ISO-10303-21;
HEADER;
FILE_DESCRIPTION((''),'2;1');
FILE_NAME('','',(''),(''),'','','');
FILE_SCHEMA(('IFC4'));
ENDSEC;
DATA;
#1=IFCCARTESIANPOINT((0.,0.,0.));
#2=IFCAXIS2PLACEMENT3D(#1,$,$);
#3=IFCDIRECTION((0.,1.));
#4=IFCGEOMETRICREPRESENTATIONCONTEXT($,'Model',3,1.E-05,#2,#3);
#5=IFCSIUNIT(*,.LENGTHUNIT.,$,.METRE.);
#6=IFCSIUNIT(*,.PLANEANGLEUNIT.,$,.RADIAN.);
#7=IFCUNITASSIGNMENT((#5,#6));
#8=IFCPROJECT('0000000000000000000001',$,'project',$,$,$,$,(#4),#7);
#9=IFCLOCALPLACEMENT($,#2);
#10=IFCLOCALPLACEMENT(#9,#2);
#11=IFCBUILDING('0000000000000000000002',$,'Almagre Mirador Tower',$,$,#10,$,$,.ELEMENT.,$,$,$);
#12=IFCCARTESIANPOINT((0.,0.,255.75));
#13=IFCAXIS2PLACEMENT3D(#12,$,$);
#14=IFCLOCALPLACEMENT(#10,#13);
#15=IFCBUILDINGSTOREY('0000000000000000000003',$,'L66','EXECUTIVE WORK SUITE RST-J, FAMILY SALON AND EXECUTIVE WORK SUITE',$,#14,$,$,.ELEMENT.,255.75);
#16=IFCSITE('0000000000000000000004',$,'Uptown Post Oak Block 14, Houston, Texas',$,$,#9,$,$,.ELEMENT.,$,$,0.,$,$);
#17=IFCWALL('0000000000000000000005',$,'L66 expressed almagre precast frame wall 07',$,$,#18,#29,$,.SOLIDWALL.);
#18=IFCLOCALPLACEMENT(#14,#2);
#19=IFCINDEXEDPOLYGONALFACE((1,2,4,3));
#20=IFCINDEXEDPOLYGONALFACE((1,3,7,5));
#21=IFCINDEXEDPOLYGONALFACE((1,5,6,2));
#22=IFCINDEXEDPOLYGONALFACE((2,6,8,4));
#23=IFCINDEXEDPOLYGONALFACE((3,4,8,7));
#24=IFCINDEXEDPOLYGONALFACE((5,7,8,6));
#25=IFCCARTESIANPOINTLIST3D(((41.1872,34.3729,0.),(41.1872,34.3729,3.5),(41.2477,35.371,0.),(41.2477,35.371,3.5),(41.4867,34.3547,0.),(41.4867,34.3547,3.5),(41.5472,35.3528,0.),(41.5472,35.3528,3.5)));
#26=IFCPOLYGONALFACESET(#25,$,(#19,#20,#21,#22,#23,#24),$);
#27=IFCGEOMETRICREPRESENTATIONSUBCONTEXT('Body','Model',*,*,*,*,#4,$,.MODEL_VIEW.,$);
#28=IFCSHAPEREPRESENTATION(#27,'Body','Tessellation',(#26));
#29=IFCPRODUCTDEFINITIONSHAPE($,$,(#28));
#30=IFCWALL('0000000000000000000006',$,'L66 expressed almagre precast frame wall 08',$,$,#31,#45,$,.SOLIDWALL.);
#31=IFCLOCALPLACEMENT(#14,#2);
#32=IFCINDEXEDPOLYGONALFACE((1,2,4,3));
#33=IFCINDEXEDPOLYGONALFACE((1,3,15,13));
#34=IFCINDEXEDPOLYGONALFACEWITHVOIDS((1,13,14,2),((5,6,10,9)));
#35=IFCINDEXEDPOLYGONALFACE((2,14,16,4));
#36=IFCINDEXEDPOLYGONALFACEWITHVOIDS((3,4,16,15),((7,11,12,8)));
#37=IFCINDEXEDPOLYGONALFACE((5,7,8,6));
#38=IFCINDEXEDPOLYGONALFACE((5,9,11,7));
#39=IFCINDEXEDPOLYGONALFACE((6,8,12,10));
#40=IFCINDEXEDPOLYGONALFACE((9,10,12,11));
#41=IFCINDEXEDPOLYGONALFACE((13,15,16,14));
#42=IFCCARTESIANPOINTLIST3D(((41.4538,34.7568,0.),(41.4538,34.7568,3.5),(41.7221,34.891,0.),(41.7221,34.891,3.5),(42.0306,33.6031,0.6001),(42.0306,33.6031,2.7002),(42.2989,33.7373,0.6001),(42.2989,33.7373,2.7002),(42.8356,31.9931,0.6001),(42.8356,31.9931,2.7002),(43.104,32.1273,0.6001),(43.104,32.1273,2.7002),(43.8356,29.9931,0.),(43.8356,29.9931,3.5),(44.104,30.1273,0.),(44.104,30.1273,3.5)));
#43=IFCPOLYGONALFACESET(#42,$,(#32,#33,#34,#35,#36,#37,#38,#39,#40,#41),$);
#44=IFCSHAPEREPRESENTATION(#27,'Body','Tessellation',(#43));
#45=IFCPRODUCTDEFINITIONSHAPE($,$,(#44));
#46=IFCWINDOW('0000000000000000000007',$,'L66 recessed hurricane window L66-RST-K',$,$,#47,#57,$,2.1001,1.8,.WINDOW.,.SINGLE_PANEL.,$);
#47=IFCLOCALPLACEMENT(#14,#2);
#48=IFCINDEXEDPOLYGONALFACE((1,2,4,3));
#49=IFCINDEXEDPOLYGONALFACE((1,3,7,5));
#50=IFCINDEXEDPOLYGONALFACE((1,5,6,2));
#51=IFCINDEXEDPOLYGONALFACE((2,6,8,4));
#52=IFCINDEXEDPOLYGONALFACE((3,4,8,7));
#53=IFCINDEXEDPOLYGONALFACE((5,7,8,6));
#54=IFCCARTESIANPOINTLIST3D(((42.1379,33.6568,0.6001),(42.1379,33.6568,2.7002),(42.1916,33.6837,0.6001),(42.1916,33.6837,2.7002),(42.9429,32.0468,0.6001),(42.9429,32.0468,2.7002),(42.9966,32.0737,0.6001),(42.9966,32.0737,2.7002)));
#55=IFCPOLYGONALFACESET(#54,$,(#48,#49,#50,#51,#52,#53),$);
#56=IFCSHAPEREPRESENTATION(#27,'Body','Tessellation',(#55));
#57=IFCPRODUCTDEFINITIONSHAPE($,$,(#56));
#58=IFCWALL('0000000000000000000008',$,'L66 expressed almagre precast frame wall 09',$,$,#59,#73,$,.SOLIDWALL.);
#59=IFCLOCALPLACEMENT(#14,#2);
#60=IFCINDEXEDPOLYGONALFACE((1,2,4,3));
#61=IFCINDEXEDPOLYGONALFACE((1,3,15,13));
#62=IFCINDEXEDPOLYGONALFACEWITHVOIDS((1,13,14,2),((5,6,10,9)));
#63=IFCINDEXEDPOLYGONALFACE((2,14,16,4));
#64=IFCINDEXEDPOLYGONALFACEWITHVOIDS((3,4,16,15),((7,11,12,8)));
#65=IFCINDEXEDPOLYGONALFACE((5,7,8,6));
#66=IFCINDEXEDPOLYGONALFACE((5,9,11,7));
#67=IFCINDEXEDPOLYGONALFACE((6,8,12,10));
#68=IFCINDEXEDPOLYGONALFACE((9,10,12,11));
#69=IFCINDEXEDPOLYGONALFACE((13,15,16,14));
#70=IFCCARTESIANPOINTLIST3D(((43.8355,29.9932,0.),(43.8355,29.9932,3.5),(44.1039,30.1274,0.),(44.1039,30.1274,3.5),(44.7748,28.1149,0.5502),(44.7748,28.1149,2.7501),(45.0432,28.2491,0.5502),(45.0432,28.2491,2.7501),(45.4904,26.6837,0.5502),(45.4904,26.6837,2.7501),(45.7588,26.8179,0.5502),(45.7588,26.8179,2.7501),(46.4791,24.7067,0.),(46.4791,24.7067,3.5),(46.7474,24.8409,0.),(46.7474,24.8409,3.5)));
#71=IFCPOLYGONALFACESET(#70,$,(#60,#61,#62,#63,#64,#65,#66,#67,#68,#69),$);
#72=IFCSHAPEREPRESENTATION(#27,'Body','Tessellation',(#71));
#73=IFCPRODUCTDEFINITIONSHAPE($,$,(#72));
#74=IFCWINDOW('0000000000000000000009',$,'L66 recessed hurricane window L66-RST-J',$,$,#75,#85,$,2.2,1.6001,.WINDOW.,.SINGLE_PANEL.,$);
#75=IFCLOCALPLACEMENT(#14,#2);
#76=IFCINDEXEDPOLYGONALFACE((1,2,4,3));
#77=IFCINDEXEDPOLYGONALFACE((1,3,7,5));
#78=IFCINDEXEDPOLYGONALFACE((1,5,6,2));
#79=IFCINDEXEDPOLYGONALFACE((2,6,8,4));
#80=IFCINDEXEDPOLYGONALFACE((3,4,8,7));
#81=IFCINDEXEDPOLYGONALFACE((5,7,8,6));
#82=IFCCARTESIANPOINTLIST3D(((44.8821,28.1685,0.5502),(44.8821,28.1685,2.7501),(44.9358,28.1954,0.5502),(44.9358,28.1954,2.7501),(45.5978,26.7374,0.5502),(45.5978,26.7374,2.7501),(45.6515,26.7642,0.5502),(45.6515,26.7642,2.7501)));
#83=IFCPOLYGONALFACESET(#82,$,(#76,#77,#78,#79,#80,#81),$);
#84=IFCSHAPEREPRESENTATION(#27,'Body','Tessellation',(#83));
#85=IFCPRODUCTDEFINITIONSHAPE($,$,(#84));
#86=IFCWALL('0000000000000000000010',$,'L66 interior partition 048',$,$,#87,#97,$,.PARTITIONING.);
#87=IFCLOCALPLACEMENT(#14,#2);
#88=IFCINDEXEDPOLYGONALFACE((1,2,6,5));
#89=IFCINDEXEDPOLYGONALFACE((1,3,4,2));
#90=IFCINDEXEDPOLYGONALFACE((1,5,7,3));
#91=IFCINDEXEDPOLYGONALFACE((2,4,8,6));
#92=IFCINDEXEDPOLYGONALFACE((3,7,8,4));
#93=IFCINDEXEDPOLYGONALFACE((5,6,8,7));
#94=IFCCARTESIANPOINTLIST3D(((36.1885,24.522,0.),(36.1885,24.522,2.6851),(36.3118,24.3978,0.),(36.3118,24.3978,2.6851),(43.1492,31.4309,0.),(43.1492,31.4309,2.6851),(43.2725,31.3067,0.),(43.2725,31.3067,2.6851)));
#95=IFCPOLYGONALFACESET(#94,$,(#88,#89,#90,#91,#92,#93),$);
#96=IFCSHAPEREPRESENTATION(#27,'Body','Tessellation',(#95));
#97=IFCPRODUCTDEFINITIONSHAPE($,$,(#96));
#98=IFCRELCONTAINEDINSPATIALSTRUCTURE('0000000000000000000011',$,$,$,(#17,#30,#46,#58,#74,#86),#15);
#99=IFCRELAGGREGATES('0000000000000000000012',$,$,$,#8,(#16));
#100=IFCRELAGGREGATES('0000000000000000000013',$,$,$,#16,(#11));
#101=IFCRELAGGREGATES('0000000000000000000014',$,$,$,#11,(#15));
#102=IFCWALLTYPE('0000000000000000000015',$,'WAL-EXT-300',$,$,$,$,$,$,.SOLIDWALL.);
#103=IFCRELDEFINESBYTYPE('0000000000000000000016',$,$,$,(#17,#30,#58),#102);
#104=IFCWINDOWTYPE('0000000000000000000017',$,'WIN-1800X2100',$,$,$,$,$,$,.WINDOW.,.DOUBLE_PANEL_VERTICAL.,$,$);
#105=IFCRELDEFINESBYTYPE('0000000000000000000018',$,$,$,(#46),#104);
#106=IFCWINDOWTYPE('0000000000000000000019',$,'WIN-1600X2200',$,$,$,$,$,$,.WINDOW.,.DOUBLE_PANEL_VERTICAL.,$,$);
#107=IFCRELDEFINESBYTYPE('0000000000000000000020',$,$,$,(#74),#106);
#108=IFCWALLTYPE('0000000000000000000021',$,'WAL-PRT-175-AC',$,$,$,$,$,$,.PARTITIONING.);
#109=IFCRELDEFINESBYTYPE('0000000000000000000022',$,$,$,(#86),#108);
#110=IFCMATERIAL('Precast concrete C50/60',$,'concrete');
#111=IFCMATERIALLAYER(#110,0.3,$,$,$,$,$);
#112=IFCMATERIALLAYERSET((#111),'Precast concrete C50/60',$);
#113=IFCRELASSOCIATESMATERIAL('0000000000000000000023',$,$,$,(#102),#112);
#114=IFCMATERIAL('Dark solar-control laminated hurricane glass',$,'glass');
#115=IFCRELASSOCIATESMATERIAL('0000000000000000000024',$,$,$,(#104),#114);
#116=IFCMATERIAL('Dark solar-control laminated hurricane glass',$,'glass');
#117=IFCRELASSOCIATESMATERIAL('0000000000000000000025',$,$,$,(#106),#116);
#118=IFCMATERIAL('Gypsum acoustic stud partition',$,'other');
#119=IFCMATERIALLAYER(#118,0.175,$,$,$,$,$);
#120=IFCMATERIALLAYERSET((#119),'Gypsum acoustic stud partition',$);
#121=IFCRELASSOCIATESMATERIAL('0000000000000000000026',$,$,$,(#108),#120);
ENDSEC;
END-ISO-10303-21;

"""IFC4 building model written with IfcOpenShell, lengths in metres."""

from ifc_helpers import new_model, si_unit, direction, frame, frame_2d, origin, place, context, subcontext, project, spatial, rectangle, extrude, material, layer, layer_set, type_object, element, fill, save


model = new_model("IFC4")

# Units and contexts
model_context = context("Model", 3, precision=1e-05, world=origin(), true_north=direction((0.0, 1.0)))
body_context = subcontext(model_context, "Body", "Model", "MODEL_VIEW")
ifc_project = project(units=[si_unit("LENGTHUNIT", "METRE"), si_unit("PLANEANGLEUNIT", "RADIAN")], contexts=[model_context])

# Site, building, storey
site_placement = place(None, origin())
site = spatial("IfcSite", under=ifc_project, at=site_placement, Name="Uptown Post Oak Block 14, Houston, Texas", CompositionType="ELEMENT", RefElevation=0.0)
building_placement = place(site_placement, origin())
building = spatial("IfcBuilding", under=site, at=building_placement, Name="Almagre Mirador Tower", CompositionType="ELEMENT")
storey_placement = place(building_placement, frame((0.0, 0.0, 255.75)))
storey = spatial("IfcBuildingStorey", under=building, at=storey_placement, Name="L66", Description="EXECUTIVE WORK SUITE RST-J, FAMILY SALON AND EXECUTIVE WORK SUITE", CompositionType="ELEMENT", Elevation=255.75)

# Shared definitions
ifc_material_1 = material(Name="Precast concrete C50/60", Category="concrete")
ifc_layer_1 = layer(ifc_material_1, 0.3)
ifc_layer_set_1 = layer_set([ifc_layer_1], Name="Precast concrete C50/60")
wall_type_1 = type_object("IfcWallType", Name="WAL-EXT-300", PredefinedType="SOLIDWALL", material=ifc_layer_set_1)

# Wall
wall_1_placement = place(storey_placement, frame((41.3369, 34.3638, 0.0), z_axis=(0.0, 0.0, 1.0), x_axis=(0.060554, 0.998165, 0.0)))
element("IfcWall", 1, at=wall_1_placement, inside=storey, type_object=wall_type_1, Name="L66 expressed almagre precast frame wall 07", PredefinedType="SOLIDWALL", context=body_context, shape_type="SweptSolid", body=[
    extrude(rectangle(XDim=1.0, YDim=0.3, at=frame_2d((0.5, 0.0))), origin(), (0.0, 0.0, 1.0), 3.5),
])

# Walls, openings, windows
wall_2_placement = place(storey_placement, frame((41.5879, 34.824, 0.0), z_axis=(0.0, 0.0, 1.0), x_axis=(0.447214, -0.894427, 0.0)))
wall_2 = element("IfcWall", 2, at=wall_2_placement, inside=storey, type_object=wall_type_1, Name="L66 expressed almagre precast frame wall 08", PredefinedType="SOLIDWALL", context=body_context, shape_type="SweptSolid", body=[
    extrude(rectangle(XDim=5.3259, YDim=0.3, at=frame_2d((2.6631, 0.0))), origin(), (0.0, 0.0, 1.0), 3.5),
])
opening_1_placement = place(wall_2_placement, frame((1.29, 0.0, 0.6001)))
opening_1 = element("IfcOpeningElement", 3, at=opening_1_placement, cuts=wall_2, PredefinedType="OPENING", context=body_context, shape_type="SweptSolid", body=[
    extrude(rectangle(XDim=1.8, YDim=2.1001, at=frame_2d((0.8999, 1.05))), frame((0.0, 0.1599, 0.0), z_axis=(0.0, -1.0, 0.0), x_axis=(1.0, 0.0, 0.0)), (0.0, 0.0, 1.0), 0.32),
])
ifc_material_2 = material(Name="Dark solar-control laminated hurricane glass", Category="glass")
window_type_1 = type_object("IfcWindowType", Name="WIN-1800X2100", PartitioningType="DOUBLE_PANEL_VERTICAL", PredefinedType="WINDOW", material=ifc_material_2)
window_1_placement = place(opening_1_placement, origin())
window_1 = element("IfcWindow", 4, at=window_1_placement, inside=storey, type_object=window_type_1, Name="L66 recessed hurricane window L66-RST-K", OverallHeight=2.1001, OverallWidth=1.8, PartitioningType="SINGLE_PANEL", PredefinedType="WINDOW", context=body_context, shape_type="SweptSolid", body=[
    extrude(rectangle(XDim=1.8, YDim=2.1001, at=frame_2d((0.8999, 1.05))), frame((0.0, 0.03, 0.0), z_axis=(0.0, -1.0, 0.0), x_axis=(1.0, 0.0, 0.0)), (0.0, 0.0, 1.0), 0.0601),
])
fill(opening_1, window_1)
wall_3_placement = place(storey_placement, frame((43.9697, 30.0603, 0.0), z_axis=(0.0, 0.0, 1.0), x_axis=(0.447247, -0.894411, 0.0)))
wall_3 = element("IfcWall", 5, at=wall_3_placement, inside=storey, type_object=wall_type_1, Name="L66 expressed almagre precast frame wall 09", PredefinedType="SOLIDWALL", context=body_context, shape_type="SweptSolid", body=[
    extrude(rectangle(XDim=5.9106, YDim=0.3, at=frame_2d((2.9553, 0.0))), origin(), (0.0, 0.0, 1.0), 3.5),
])
opening_2_placement = place(wall_3_placement, frame((2.1001, 0.0, 0.55)))
opening_2 = element("IfcOpeningElement", 6, at=opening_2_placement, cuts=wall_3, PredefinedType="OPENING", context=body_context, shape_type="SweptSolid", body=[
    extrude(rectangle(XDim=1.6001, YDim=2.2, at=frame_2d((0.8, 1.1001))), frame((0.0, 0.1599, 0.0), z_axis=(0.0, -1.0, 0.0), x_axis=(1.0, 0.0, 0.0)), (0.0, 0.0, 1.0), 0.32),
])
ifc_material_3 = material(Name="Dark solar-control laminated hurricane glass", Category="glass")
window_type_2 = type_object("IfcWindowType", Name="WIN-1600X2200", PartitioningType="DOUBLE_PANEL_VERTICAL", PredefinedType="WINDOW", material=ifc_material_3)
window_2_placement = place(opening_2_placement, origin())
window_2 = element("IfcWindow", 7, at=window_2_placement, inside=storey, type_object=window_type_2, Name="L66 recessed hurricane window L66-RST-J", OverallHeight=2.2, OverallWidth=1.6001, PartitioningType="SINGLE_PANEL", PredefinedType="WINDOW", context=body_context, shape_type="SweptSolid", body=[
    extrude(rectangle(XDim=1.6001, YDim=2.2, at=frame_2d((0.8, 1.1001))), frame((0.0, 0.03, 0.0), z_axis=(0.0, -1.0, 0.0), x_axis=(1.0, 0.0, 0.0)), (0.0, 0.0, 1.0), 0.0601),
])
fill(opening_2, window_2)

# Wall
ifc_material_4 = material(Name="Gypsum acoustic stud partition", Category="other")
ifc_layer_2 = layer(ifc_material_4, 0.175)
ifc_layer_set_2 = layer_set([ifc_layer_2], Name="Gypsum acoustic stud partition")
wall_type_2 = type_object("IfcWallType", Name="WAL-PRT-175-AC", PredefinedType="PARTITIONING", material=ifc_layer_set_2)
wall_4_placement = place(storey_placement, frame((43.2109, 31.3689, 0.0), z_axis=(0.0, 0.0, 1.0), x_axis=(-0.709741, -0.704463, 0.0)))
element("IfcWall", 8, at=wall_4_placement, inside=storey, type_object=wall_type_2, Name="L66 interior partition 048", PredefinedType="PARTITIONING", context=body_context, shape_type="SweptSolid", body=[
    extrude(rectangle(XDim=9.8074, YDim=0.175, at=frame_2d((4.9038, 0.0))), origin(), (0.0, 0.0, 1.0), 2.6851),
])

save(model, "model.ifc")
